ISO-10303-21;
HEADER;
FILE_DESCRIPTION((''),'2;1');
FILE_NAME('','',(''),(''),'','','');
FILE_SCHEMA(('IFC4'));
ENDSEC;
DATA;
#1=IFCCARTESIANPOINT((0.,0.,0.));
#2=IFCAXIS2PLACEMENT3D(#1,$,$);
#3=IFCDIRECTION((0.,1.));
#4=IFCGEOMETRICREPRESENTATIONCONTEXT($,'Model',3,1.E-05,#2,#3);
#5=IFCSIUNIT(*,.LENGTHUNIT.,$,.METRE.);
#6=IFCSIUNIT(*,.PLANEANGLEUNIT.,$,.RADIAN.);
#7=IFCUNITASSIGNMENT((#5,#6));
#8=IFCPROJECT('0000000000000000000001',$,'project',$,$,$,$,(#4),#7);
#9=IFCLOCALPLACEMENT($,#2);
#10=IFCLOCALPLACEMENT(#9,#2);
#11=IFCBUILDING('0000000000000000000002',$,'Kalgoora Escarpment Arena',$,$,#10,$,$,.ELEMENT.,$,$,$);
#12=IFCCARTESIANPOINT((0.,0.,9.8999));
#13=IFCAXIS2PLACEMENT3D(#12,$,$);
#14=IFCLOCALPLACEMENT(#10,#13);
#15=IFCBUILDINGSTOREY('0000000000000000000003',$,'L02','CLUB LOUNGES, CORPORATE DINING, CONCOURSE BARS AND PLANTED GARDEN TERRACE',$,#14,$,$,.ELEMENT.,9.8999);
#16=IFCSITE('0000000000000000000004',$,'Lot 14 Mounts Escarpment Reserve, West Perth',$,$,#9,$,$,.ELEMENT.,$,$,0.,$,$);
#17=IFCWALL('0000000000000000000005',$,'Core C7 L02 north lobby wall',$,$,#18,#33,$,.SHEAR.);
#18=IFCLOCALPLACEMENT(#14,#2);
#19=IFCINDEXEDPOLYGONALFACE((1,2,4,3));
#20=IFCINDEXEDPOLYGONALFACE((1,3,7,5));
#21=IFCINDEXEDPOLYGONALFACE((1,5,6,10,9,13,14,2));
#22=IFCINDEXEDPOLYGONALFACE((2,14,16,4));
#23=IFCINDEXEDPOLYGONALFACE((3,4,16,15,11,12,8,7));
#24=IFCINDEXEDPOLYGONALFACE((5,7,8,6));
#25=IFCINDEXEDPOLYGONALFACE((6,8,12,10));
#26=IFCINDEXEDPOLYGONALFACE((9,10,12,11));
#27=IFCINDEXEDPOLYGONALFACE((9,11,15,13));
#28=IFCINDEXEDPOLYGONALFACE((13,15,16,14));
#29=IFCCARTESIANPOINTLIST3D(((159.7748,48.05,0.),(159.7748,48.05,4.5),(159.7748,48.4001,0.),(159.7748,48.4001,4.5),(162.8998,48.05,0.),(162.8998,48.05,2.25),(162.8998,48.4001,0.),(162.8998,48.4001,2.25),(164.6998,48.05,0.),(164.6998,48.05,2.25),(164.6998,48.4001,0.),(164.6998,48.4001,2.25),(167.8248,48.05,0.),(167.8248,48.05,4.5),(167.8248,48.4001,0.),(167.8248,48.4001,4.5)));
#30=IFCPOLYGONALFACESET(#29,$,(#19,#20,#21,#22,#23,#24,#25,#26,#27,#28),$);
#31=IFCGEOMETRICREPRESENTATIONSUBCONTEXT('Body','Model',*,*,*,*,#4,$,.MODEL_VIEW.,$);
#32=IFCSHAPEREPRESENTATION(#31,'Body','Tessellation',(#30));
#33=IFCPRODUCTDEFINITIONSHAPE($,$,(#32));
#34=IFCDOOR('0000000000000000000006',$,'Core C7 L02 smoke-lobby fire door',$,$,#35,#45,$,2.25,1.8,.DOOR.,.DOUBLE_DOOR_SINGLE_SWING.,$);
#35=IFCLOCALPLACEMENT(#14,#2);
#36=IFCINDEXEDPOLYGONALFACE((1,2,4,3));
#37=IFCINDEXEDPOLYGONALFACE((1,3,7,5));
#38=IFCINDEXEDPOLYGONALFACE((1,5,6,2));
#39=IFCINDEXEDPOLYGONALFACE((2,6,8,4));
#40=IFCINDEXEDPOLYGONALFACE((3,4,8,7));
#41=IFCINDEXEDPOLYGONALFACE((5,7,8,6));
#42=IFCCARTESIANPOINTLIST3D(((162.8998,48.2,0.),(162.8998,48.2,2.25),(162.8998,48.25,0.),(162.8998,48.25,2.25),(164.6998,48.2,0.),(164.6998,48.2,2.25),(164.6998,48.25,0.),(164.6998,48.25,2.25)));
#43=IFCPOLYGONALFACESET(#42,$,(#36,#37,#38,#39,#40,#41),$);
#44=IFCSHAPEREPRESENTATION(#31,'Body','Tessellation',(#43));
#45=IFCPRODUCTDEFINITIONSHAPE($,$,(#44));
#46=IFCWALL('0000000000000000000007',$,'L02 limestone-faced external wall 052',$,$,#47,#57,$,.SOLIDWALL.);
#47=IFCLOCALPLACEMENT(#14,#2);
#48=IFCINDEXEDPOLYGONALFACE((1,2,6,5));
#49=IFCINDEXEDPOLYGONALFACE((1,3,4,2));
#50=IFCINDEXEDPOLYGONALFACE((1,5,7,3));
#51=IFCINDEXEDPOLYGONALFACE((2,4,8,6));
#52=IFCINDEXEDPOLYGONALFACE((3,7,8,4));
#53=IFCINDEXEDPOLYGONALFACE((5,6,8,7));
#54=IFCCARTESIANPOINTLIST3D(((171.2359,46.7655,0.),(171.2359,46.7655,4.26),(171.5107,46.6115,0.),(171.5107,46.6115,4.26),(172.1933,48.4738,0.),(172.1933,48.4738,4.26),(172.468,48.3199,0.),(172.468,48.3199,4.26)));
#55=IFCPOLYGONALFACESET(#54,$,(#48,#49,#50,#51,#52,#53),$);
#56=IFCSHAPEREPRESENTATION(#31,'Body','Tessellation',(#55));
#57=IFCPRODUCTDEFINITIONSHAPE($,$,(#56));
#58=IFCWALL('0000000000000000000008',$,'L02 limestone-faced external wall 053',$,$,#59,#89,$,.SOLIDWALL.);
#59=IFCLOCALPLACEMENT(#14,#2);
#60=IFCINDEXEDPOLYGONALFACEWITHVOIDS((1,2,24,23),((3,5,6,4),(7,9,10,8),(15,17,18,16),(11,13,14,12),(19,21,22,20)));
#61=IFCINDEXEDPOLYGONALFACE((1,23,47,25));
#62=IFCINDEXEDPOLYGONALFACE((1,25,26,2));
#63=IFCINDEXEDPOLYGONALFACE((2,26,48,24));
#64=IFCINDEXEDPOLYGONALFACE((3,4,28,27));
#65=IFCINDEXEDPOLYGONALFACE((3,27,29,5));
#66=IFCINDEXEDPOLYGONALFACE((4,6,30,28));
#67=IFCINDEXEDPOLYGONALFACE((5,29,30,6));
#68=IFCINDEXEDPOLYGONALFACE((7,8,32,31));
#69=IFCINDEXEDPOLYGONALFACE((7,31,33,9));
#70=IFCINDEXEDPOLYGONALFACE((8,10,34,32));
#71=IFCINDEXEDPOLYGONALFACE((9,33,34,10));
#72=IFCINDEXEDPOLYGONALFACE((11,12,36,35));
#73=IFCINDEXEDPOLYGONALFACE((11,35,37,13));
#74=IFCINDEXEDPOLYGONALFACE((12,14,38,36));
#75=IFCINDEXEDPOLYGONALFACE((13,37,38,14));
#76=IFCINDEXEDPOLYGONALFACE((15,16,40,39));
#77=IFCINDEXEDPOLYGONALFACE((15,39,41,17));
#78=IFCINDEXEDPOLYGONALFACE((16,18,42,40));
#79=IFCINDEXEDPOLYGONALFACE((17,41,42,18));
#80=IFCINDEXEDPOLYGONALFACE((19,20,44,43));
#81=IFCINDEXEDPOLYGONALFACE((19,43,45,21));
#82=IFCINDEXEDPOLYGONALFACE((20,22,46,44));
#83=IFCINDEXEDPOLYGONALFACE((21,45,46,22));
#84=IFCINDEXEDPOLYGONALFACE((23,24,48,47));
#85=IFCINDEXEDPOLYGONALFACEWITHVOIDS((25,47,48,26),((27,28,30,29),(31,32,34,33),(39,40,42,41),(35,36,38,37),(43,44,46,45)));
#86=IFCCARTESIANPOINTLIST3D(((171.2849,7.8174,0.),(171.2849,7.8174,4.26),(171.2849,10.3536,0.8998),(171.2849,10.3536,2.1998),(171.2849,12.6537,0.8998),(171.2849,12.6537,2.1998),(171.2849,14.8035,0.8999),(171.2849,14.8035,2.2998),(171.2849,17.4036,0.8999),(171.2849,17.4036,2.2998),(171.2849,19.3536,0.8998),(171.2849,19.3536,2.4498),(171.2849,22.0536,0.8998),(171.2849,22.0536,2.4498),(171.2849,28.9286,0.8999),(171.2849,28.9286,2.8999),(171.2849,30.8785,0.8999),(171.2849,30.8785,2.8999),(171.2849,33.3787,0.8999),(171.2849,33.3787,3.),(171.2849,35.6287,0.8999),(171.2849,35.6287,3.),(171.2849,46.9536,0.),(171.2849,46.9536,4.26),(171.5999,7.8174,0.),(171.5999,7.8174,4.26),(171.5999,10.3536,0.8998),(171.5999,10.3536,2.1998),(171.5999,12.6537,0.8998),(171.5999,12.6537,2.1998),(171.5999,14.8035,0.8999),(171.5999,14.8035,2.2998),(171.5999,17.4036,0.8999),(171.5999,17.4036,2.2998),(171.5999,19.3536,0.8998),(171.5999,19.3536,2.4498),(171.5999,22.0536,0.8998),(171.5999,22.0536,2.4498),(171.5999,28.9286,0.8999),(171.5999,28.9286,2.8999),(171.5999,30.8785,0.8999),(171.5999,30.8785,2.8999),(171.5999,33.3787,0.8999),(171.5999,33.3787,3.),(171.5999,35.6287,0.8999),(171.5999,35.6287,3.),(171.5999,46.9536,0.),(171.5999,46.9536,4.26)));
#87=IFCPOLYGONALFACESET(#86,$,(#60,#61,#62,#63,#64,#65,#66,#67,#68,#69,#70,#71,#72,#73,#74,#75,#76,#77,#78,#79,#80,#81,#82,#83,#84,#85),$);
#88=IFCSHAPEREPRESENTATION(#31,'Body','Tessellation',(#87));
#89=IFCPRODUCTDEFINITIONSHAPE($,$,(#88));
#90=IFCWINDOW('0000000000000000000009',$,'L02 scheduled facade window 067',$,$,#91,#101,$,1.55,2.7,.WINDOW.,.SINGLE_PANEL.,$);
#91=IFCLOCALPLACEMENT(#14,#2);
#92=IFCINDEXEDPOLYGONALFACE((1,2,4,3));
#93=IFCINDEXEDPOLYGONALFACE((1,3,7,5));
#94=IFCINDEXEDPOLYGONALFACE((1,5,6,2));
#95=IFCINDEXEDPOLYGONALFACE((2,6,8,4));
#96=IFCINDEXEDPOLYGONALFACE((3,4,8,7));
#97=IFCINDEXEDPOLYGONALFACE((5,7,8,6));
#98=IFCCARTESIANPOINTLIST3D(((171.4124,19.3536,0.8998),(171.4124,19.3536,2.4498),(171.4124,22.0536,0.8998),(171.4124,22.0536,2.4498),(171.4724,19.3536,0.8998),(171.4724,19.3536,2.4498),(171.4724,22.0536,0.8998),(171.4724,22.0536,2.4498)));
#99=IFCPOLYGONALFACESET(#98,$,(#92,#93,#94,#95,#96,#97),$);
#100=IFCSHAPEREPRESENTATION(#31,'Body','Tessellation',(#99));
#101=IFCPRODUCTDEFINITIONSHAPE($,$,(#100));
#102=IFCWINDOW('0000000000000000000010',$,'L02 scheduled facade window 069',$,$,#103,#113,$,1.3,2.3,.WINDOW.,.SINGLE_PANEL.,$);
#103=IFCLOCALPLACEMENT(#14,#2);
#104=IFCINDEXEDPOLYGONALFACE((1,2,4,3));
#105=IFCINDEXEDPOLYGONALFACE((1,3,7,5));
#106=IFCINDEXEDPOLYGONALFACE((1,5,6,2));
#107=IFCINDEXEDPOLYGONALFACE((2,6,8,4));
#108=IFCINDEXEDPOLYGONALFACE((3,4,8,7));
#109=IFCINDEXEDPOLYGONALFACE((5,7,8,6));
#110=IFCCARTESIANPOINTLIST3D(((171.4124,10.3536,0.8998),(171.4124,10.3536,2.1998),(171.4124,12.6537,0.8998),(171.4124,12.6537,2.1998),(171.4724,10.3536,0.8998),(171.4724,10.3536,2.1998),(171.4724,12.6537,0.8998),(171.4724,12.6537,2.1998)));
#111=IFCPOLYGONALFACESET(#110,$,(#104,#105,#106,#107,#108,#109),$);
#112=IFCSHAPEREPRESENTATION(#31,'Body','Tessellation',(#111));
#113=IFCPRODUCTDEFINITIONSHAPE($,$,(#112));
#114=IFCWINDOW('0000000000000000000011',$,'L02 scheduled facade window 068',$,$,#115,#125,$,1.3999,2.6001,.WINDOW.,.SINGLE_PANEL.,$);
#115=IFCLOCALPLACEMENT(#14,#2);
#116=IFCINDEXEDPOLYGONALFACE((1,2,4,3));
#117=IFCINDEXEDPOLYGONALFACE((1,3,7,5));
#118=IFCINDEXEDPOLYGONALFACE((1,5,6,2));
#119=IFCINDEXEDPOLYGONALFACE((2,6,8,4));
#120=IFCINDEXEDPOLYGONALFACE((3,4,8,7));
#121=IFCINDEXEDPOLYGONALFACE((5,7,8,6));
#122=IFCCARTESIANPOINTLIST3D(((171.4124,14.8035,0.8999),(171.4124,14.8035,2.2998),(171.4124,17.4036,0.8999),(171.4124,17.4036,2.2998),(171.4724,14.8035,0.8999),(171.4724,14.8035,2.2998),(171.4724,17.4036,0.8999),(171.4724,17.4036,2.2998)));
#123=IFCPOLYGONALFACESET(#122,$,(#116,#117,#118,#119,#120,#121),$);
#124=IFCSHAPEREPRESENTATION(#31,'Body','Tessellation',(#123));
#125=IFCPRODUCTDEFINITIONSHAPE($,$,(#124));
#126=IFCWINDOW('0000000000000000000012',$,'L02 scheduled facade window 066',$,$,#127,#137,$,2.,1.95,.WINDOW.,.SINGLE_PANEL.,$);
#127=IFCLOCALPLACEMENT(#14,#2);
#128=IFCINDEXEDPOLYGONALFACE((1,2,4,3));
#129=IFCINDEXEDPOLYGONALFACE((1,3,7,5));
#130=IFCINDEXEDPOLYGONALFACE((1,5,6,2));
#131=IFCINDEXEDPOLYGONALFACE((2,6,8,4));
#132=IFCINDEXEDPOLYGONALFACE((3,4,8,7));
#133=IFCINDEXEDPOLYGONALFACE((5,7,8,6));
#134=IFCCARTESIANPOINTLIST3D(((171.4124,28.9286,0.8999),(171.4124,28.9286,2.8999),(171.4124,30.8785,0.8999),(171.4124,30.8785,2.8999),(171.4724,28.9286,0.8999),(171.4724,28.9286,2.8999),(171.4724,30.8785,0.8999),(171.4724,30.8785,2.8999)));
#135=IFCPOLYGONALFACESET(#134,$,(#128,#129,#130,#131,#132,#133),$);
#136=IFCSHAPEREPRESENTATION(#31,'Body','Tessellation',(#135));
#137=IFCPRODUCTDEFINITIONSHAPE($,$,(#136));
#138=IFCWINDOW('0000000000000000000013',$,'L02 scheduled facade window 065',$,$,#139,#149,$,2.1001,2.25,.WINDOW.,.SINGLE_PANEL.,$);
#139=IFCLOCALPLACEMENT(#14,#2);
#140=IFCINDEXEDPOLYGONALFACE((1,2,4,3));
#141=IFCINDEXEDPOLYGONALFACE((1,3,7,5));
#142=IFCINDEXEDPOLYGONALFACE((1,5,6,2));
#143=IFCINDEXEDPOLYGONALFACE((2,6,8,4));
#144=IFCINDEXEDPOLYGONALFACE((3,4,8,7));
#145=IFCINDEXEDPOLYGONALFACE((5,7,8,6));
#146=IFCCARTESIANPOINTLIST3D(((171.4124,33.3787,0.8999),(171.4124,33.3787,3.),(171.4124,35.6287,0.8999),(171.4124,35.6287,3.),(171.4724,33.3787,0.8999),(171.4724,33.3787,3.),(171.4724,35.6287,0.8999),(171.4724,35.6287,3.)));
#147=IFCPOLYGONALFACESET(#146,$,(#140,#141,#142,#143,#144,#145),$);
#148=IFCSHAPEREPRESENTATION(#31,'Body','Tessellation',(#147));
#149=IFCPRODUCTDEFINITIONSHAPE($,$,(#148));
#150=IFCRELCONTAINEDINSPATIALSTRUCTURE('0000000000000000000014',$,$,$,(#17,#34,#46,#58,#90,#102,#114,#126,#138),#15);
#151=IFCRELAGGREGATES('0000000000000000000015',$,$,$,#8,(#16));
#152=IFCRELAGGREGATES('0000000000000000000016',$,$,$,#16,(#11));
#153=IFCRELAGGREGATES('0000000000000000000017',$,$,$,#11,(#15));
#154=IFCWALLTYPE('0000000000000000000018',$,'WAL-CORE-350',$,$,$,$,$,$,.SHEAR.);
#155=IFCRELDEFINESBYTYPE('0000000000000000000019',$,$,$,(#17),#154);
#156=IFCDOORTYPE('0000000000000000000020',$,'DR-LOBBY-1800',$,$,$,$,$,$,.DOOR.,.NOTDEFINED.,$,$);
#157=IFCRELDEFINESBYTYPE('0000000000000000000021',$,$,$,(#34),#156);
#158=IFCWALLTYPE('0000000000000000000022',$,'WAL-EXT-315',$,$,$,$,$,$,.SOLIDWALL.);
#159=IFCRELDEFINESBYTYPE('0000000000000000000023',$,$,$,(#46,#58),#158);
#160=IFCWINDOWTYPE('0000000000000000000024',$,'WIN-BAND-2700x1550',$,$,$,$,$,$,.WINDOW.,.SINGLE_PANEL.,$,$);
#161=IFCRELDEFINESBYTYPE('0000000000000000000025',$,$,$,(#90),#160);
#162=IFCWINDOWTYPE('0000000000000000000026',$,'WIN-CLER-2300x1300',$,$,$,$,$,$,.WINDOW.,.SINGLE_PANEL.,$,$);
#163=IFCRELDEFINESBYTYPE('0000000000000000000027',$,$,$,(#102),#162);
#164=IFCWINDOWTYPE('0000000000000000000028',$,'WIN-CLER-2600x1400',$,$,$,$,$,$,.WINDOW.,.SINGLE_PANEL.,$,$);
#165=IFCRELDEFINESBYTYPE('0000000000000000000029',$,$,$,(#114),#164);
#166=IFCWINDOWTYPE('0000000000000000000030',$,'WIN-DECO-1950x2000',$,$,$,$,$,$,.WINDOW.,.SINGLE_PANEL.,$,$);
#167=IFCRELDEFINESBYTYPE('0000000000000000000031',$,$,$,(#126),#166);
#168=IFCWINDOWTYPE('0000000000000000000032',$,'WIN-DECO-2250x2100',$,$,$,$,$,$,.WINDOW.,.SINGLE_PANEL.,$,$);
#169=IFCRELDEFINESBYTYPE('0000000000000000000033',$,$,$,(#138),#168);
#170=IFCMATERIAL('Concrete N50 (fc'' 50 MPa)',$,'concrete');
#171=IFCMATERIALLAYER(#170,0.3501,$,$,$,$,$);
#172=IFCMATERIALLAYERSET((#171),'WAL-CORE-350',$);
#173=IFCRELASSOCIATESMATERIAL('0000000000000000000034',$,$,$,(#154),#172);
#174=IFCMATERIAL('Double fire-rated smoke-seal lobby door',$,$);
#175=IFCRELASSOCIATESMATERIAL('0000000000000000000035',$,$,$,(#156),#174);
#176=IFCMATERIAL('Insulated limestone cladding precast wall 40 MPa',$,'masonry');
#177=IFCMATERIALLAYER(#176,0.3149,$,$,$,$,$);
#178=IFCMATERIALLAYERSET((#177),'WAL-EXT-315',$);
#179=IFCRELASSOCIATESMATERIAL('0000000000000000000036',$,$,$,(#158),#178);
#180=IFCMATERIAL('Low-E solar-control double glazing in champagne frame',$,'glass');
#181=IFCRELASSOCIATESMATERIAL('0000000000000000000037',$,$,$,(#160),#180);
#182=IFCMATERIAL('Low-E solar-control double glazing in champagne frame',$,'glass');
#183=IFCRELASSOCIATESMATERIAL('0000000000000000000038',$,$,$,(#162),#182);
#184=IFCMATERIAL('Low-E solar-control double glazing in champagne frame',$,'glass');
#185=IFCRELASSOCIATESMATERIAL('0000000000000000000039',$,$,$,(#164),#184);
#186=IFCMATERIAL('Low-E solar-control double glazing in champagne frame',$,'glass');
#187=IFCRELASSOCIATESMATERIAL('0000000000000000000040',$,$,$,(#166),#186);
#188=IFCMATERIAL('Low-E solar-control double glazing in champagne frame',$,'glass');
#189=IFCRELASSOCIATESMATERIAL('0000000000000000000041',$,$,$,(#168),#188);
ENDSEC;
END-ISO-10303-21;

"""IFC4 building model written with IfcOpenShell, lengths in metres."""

from ifc_helpers import new_model, si_unit, direction, frame, frame_2d, origin, place, context, subcontext, project, spatial, rectangle, extrude, material, layer, layer_set, type_object, element, fill, save


model = new_model("IFC4")

# Units and contexts
model_context = context("Model", 3, precision=1e-05, world=origin(), true_north=direction((0.0, 1.0)))
body_context = subcontext(model_context, "Body", "Model", "MODEL_VIEW")
ifc_project = project(units=[si_unit("LENGTHUNIT", "METRE"), si_unit("PLANEANGLEUNIT", "RADIAN")], contexts=[model_context])

# Site, building, storey
site_placement = place(None, origin())
site = spatial("IfcSite", under=ifc_project, at=site_placement, Name="Lot 14 Mounts Escarpment Reserve, West Perth", CompositionType="ELEMENT", RefElevation=0.0)
building_placement = place(site_placement, origin())
building = spatial("IfcBuilding", under=site, at=building_placement, Name="Kalgoora Escarpment Arena", CompositionType="ELEMENT")
storey_placement = place(building_placement, frame((0.0, 0.0, 9.8999)))
storey = spatial("IfcBuildingStorey", under=building, at=storey_placement, Name="L02", Description="CLUB LOUNGES, CORPORATE DINING, CONCOURSE BARS AND PLANTED GARDEN TERRACE", CompositionType="ELEMENT", Elevation=9.8999)

# Wall, opening, door
ifc_material_1 = material(Name="Concrete N50 (fc' 50 MPa)", Category="concrete")
ifc_layer_1 = layer(ifc_material_1, 0.3501)
ifc_layer_set_1 = layer_set([ifc_layer_1], Name="WAL-CORE-350")
wall_type_1 = type_object("IfcWallType", Name="WAL-CORE-350", PredefinedType="SHEAR", material=ifc_layer_set_1)
wall_1_placement = place(storey_placement, frame((159.7749, 48.2251, 0.0), z_axis=(0.0, 0.0, 1.0), x_axis=(1.0, 0.0, 0.0)))
wall_1 = element("IfcWall", 1, at=wall_1_placement, inside=storey, type_object=wall_type_1, Name="Core C7 L02 north lobby wall", PredefinedType="SHEAR", context=body_context, shape_type="SweptSolid", body=[
    extrude(rectangle(XDim=8.05, YDim=0.3501, at=frame_2d((4.0249, 0.0))), origin(), (0.0, 0.0, 1.0), 4.5),
])
opening_1_placement = place(wall_1_placement, frame((3.125, 0.0, 0.0)))
opening_1 = element("IfcOpeningElement", 2, at=opening_1_placement, cuts=wall_1, PredefinedType="OPENING", context=body_context, shape_type="SweptSolid", body=[
    extrude(rectangle(XDim=1.8, YDim=2.25, at=frame_2d((0.8999, 1.125))), frame((0.0, 0.1851, 0.0), z_axis=(0.0, -1.0, 0.0), x_axis=(1.0, 0.0, 0.0)), (0.0, 0.0, 1.0), 0.3701),
])
ifc_material_2 = material(Name="Double fire-rated smoke-seal lobby door")
door_type_1 = type_object("IfcDoorType", Name="DR-LOBBY-1800", OperationType="NOTDEFINED", PredefinedType="DOOR", material=ifc_material_2)
door_1_placement = place(opening_1_placement, origin())
door_1 = element("IfcDoor", 3, at=door_1_placement, inside=storey, type_object=door_type_1, Name="Core C7 L02 smoke-lobby fire door", OperationType="DOUBLE_DOOR_SINGLE_SWING", OverallHeight=2.25, OverallWidth=1.8, PredefinedType="DOOR", context=body_context, shape_type="SweptSolid", body=[
    extrude(rectangle(XDim=1.8, YDim=2.25, at=frame_2d((0.8999, 1.125))), frame((0.0, 0.0249, 0.0), z_axis=(0.0, -1.0, 0.0), x_axis=(1.0, 0.0, 0.0)), (0.0, 0.0, 1.0), 0.05),
])
fill(opening_1, door_1)

# Wall
ifc_material_3 = material(Name="Insulated limestone cladding precast wall 40 MPa", Category="masonry")
ifc_layer_2 = layer(ifc_material_3, 0.3149)
ifc_layer_set_2 = layer_set([ifc_layer_2], Name="WAL-EXT-315")
wall_type_2 = type_object("IfcWallType", Name="WAL-EXT-315", PredefinedType="SOLIDWALL", material=ifc_layer_set_2)
wall_2_placement = place(storey_placement, frame((172.3306, 48.3967, 0.0), z_axis=(0.0, 0.0, 1.0), x_axis=(-0.488858, -0.872364, 0.0)))
element("IfcWall", 4, at=wall_2_placement, inside=storey, type_object=wall_type_2, Name="L02 limestone-faced external wall 052", PredefinedType="SOLIDWALL", context=body_context, shape_type="SweptSolid", body=[
    extrude(rectangle(XDim=1.9583, YDim=0.3149, at=frame_2d((0.979, 0.0))), origin(), (0.0, 0.0, 1.0), 4.26),
])

# Wall, openings, windows
wall_3_placement = place(storey_placement, frame((171.4424, 46.9536, 0.0), z_axis=(0.0, 0.0, 1.0), x_axis=(0.0, -1.0, 0.0)))
wall_3 = element("IfcWall", 5, at=wall_3_placement, inside=storey, type_object=wall_type_2, Name="L02 limestone-faced external wall 053", PredefinedType="SOLIDWALL", context=body_context, shape_type="SweptSolid", body=[
    extrude(rectangle(XDim=39.1362, YDim=0.3149, at=frame_2d((19.5681, 0.0))), origin(), (0.0, 0.0, 1.0), 4.26),
])
opening_2_placement = place(wall_3_placement, frame((11.325, 0.0, 0.8999)))
opening_2 = element("IfcOpeningElement", 6, at=opening_2_placement, cuts=wall_3, PredefinedType="OPENING", context=body_context, shape_type="SweptSolid", body=[
    extrude(rectangle(XDim=2.25, YDim=2.1001, at=frame_2d((1.125, 1.05))), frame((0.0, 0.1675, 0.0), z_axis=(0.0, -1.0, 0.0), x_axis=(1.0, 0.0, 0.0)), (0.0, 0.0, 1.0), 0.335),
])
opening_3_placement = place(wall_3_placement, frame((16.075, 0.0, 0.8999)))
opening_3 = element("IfcOpeningElement", 7, at=opening_3_placement, cuts=wall_3, PredefinedType="OPENING", context=body_context, shape_type="SweptSolid", body=[
    extrude(rectangle(XDim=1.95, YDim=2.0, at=frame_2d((0.9751, 1.0))), frame((0.0, 0.1675, 0.0), z_axis=(0.0, -1.0, 0.0), x_axis=(1.0, 0.0, 0.0)), (0.0, 0.0, 1.0), 0.335),
])
opening_4_placement = place(wall_3_placement, frame((24.8999, 0.0, 0.8999)))
opening_4 = element("IfcOpeningElement", 8, at=opening_4_placement, cuts=wall_3, PredefinedType="OPENING", context=body_context, shape_type="SweptSolid", body=[
    extrude(rectangle(XDim=2.7, YDim=1.55, at=frame_2d((1.3501, 0.7749))), frame((0.0, 0.1675, 0.0), z_axis=(0.0, -1.0, 0.0), x_axis=(1.0, 0.0, 0.0)), (0.0, 0.0, 1.0), 0.335),
])
opening_5_placement = place(wall_3_placement, frame((29.55, 0.0, 0.8999)))
opening_5 = element("IfcOpeningElement", 9, at=opening_5_placement, cuts=wall_3, PredefinedType="OPENING", context=body_context, shape_type="SweptSolid", body=[
    extrude(rectangle(XDim=2.6001, YDim=1.3999, at=frame_2d((1.3, 0.7))), frame((0.0, 0.1675, 0.0), z_axis=(0.0, -1.0, 0.0), x_axis=(1.0, 0.0, 0.0)), (0.0, 0.0, 1.0), 0.335),
])
opening_6_placement = place(wall_3_placement, frame((34.3, 0.0, 0.8999)))
opening_6 = element("IfcOpeningElement", 10, at=opening_6_placement, cuts=wall_3, PredefinedType="OPENING", context=body_context, shape_type="SweptSolid", body=[
    extrude(rectangle(XDim=2.3, YDim=1.3, at=frame_2d((1.1499, 0.6499))), frame((0.0, 0.1675, 0.0), z_axis=(0.0, -1.0, 0.0), x_axis=(1.0, 0.0, 0.0)), (0.0, 0.0, 1.0), 0.335),
])
ifc_material_4 = material(Name="Low-E solar-control double glazing in champagne frame", Category="glass")
window_type_1 = type_object("IfcWindowType", Name="WIN-BAND-2700x1550", PartitioningType="SINGLE_PANEL", PredefinedType="WINDOW", material=ifc_material_4)
window_1_placement = place(opening_4_placement, origin())
window_1 = element("IfcWindow", 11, at=window_1_placement, inside=storey, type_object=window_type_1, Name="L02 scheduled facade window 067", OverallHeight=1.55, OverallWidth=2.7, PartitioningType="SINGLE_PANEL", PredefinedType="WINDOW", context=body_context, shape_type="SweptSolid", body=[
    extrude(rectangle(XDim=2.7, YDim=1.55, at=frame_2d((1.3501, 0.7749))), frame((0.0, 0.03, 0.0), z_axis=(0.0, -1.0, 0.0), x_axis=(1.0, 0.0, 0.0)), (0.0, 0.0, 1.0), 0.0601),
])
fill(opening_4, window_1)
ifc_material_5 = material(Name="Low-E solar-control double glazing in champagne frame", Category="glass")
window_type_2 = type_object("IfcWindowType", Name="WIN-CLER-2300x1300", PartitioningType="SINGLE_PANEL", PredefinedType="WINDOW", material=ifc_material_5)
window_2_placement = place(opening_6_placement, origin())
window_2 = element("IfcWindow", 12, at=window_2_placement, inside=storey, type_object=window_type_2, Name="L02 scheduled facade window 069", OverallHeight=1.3, OverallWidth=2.3, PartitioningType="SINGLE_PANEL", PredefinedType="WINDOW", context=body_context, shape_type="SweptSolid", body=[
    extrude(rectangle(XDim=2.3, YDim=1.3, at=frame_2d((1.1499, 0.6499))), frame((0.0, 0.03, 0.0), z_axis=(0.0, -1.0, 0.0), x_axis=(1.0, 0.0, 0.0)), (0.0, 0.0, 1.0), 0.0601),
])
fill(opening_6, window_2)
ifc_material_6 = material(Name="Low-E solar-control double glazing in champagne frame", Category="glass")
window_type_3 = type_object("IfcWindowType", Name="WIN-CLER-2600x1400", PartitioningType="SINGLE_PANEL", PredefinedType="WINDOW", material=ifc_material_6)
window_3_placement = place(opening_5_placement, origin())
window_3 = element("IfcWindow", 13, at=window_3_placement, inside=storey, type_object=window_type_3, Name="L02 scheduled facade window 068", OverallHeight=1.3999, OverallWidth=2.6001, PartitioningType="SINGLE_PANEL", PredefinedType="WINDOW", context=body_context, shape_type="SweptSolid", body=[
    extrude(rectangle(XDim=2.6001, YDim=1.3999, at=frame_2d((1.3, 0.7))), frame((0.0, 0.03, 0.0), z_axis=(0.0, -1.0, 0.0), x_axis=(1.0, 0.0, 0.0)), (0.0, 0.0, 1.0), 0.0601),
])
fill(opening_5, window_3)
ifc_material_7 = material(Name="Low-E solar-control double glazing in champagne frame", Category="glass")
window_type_4 = type_object("IfcWindowType", Name="WIN-DECO-1950x2000", PartitioningType="SINGLE_PANEL", PredefinedType="WINDOW", material=ifc_material_7)
window_4_placement = place(opening_3_placement, origin())
window_4 = element("IfcWindow", 14, at=window_4_placement, inside=storey, type_object=window_type_4, Name="L02 scheduled facade window 066", OverallHeight=2.0, OverallWidth=1.95, PartitioningType="SINGLE_PANEL", PredefinedType="WINDOW", context=body_context, shape_type="SweptSolid", body=[
    extrude(rectangle(XDim=1.95, YDim=2.0, at=frame_2d((0.9751, 1.0))), frame((0.0, 0.03, 0.0), z_axis=(0.0, -1.0, 0.0), x_axis=(1.0, 0.0, 0.0)), (0.0, 0.0, 1.0), 0.0601),
])
fill(opening_3, window_4)
ifc_material_8 = material(Name="Low-E solar-control double glazing in champagne frame", Category="glass")
window_type_5 = type_object("IfcWindowType", Name="WIN-DECO-2250x2100", PartitioningType="SINGLE_PANEL", PredefinedType="WINDOW", material=ifc_material_8)
window_5_placement = place(opening_2_placement, origin())
window_5 = element("IfcWindow", 15, at=window_5_placement, inside=storey, type_object=window_type_5, Name="L02 scheduled facade window 065", OverallHeight=2.1001, OverallWidth=2.25, PartitioningType="SINGLE_PANEL", PredefinedType="WINDOW", context=body_context, shape_type="SweptSolid", body=[
    extrude(rectangle(XDim=2.25, YDim=2.1001, at=frame_2d((1.125, 1.05))), frame((0.0, 0.03, 0.0), z_axis=(0.0, -1.0, 0.0), x_axis=(1.0, 0.0, 0.0)), (0.0, 0.0, 1.0), 0.0601),
])
fill(opening_2, window_5)

save(model, "model.ifc")
